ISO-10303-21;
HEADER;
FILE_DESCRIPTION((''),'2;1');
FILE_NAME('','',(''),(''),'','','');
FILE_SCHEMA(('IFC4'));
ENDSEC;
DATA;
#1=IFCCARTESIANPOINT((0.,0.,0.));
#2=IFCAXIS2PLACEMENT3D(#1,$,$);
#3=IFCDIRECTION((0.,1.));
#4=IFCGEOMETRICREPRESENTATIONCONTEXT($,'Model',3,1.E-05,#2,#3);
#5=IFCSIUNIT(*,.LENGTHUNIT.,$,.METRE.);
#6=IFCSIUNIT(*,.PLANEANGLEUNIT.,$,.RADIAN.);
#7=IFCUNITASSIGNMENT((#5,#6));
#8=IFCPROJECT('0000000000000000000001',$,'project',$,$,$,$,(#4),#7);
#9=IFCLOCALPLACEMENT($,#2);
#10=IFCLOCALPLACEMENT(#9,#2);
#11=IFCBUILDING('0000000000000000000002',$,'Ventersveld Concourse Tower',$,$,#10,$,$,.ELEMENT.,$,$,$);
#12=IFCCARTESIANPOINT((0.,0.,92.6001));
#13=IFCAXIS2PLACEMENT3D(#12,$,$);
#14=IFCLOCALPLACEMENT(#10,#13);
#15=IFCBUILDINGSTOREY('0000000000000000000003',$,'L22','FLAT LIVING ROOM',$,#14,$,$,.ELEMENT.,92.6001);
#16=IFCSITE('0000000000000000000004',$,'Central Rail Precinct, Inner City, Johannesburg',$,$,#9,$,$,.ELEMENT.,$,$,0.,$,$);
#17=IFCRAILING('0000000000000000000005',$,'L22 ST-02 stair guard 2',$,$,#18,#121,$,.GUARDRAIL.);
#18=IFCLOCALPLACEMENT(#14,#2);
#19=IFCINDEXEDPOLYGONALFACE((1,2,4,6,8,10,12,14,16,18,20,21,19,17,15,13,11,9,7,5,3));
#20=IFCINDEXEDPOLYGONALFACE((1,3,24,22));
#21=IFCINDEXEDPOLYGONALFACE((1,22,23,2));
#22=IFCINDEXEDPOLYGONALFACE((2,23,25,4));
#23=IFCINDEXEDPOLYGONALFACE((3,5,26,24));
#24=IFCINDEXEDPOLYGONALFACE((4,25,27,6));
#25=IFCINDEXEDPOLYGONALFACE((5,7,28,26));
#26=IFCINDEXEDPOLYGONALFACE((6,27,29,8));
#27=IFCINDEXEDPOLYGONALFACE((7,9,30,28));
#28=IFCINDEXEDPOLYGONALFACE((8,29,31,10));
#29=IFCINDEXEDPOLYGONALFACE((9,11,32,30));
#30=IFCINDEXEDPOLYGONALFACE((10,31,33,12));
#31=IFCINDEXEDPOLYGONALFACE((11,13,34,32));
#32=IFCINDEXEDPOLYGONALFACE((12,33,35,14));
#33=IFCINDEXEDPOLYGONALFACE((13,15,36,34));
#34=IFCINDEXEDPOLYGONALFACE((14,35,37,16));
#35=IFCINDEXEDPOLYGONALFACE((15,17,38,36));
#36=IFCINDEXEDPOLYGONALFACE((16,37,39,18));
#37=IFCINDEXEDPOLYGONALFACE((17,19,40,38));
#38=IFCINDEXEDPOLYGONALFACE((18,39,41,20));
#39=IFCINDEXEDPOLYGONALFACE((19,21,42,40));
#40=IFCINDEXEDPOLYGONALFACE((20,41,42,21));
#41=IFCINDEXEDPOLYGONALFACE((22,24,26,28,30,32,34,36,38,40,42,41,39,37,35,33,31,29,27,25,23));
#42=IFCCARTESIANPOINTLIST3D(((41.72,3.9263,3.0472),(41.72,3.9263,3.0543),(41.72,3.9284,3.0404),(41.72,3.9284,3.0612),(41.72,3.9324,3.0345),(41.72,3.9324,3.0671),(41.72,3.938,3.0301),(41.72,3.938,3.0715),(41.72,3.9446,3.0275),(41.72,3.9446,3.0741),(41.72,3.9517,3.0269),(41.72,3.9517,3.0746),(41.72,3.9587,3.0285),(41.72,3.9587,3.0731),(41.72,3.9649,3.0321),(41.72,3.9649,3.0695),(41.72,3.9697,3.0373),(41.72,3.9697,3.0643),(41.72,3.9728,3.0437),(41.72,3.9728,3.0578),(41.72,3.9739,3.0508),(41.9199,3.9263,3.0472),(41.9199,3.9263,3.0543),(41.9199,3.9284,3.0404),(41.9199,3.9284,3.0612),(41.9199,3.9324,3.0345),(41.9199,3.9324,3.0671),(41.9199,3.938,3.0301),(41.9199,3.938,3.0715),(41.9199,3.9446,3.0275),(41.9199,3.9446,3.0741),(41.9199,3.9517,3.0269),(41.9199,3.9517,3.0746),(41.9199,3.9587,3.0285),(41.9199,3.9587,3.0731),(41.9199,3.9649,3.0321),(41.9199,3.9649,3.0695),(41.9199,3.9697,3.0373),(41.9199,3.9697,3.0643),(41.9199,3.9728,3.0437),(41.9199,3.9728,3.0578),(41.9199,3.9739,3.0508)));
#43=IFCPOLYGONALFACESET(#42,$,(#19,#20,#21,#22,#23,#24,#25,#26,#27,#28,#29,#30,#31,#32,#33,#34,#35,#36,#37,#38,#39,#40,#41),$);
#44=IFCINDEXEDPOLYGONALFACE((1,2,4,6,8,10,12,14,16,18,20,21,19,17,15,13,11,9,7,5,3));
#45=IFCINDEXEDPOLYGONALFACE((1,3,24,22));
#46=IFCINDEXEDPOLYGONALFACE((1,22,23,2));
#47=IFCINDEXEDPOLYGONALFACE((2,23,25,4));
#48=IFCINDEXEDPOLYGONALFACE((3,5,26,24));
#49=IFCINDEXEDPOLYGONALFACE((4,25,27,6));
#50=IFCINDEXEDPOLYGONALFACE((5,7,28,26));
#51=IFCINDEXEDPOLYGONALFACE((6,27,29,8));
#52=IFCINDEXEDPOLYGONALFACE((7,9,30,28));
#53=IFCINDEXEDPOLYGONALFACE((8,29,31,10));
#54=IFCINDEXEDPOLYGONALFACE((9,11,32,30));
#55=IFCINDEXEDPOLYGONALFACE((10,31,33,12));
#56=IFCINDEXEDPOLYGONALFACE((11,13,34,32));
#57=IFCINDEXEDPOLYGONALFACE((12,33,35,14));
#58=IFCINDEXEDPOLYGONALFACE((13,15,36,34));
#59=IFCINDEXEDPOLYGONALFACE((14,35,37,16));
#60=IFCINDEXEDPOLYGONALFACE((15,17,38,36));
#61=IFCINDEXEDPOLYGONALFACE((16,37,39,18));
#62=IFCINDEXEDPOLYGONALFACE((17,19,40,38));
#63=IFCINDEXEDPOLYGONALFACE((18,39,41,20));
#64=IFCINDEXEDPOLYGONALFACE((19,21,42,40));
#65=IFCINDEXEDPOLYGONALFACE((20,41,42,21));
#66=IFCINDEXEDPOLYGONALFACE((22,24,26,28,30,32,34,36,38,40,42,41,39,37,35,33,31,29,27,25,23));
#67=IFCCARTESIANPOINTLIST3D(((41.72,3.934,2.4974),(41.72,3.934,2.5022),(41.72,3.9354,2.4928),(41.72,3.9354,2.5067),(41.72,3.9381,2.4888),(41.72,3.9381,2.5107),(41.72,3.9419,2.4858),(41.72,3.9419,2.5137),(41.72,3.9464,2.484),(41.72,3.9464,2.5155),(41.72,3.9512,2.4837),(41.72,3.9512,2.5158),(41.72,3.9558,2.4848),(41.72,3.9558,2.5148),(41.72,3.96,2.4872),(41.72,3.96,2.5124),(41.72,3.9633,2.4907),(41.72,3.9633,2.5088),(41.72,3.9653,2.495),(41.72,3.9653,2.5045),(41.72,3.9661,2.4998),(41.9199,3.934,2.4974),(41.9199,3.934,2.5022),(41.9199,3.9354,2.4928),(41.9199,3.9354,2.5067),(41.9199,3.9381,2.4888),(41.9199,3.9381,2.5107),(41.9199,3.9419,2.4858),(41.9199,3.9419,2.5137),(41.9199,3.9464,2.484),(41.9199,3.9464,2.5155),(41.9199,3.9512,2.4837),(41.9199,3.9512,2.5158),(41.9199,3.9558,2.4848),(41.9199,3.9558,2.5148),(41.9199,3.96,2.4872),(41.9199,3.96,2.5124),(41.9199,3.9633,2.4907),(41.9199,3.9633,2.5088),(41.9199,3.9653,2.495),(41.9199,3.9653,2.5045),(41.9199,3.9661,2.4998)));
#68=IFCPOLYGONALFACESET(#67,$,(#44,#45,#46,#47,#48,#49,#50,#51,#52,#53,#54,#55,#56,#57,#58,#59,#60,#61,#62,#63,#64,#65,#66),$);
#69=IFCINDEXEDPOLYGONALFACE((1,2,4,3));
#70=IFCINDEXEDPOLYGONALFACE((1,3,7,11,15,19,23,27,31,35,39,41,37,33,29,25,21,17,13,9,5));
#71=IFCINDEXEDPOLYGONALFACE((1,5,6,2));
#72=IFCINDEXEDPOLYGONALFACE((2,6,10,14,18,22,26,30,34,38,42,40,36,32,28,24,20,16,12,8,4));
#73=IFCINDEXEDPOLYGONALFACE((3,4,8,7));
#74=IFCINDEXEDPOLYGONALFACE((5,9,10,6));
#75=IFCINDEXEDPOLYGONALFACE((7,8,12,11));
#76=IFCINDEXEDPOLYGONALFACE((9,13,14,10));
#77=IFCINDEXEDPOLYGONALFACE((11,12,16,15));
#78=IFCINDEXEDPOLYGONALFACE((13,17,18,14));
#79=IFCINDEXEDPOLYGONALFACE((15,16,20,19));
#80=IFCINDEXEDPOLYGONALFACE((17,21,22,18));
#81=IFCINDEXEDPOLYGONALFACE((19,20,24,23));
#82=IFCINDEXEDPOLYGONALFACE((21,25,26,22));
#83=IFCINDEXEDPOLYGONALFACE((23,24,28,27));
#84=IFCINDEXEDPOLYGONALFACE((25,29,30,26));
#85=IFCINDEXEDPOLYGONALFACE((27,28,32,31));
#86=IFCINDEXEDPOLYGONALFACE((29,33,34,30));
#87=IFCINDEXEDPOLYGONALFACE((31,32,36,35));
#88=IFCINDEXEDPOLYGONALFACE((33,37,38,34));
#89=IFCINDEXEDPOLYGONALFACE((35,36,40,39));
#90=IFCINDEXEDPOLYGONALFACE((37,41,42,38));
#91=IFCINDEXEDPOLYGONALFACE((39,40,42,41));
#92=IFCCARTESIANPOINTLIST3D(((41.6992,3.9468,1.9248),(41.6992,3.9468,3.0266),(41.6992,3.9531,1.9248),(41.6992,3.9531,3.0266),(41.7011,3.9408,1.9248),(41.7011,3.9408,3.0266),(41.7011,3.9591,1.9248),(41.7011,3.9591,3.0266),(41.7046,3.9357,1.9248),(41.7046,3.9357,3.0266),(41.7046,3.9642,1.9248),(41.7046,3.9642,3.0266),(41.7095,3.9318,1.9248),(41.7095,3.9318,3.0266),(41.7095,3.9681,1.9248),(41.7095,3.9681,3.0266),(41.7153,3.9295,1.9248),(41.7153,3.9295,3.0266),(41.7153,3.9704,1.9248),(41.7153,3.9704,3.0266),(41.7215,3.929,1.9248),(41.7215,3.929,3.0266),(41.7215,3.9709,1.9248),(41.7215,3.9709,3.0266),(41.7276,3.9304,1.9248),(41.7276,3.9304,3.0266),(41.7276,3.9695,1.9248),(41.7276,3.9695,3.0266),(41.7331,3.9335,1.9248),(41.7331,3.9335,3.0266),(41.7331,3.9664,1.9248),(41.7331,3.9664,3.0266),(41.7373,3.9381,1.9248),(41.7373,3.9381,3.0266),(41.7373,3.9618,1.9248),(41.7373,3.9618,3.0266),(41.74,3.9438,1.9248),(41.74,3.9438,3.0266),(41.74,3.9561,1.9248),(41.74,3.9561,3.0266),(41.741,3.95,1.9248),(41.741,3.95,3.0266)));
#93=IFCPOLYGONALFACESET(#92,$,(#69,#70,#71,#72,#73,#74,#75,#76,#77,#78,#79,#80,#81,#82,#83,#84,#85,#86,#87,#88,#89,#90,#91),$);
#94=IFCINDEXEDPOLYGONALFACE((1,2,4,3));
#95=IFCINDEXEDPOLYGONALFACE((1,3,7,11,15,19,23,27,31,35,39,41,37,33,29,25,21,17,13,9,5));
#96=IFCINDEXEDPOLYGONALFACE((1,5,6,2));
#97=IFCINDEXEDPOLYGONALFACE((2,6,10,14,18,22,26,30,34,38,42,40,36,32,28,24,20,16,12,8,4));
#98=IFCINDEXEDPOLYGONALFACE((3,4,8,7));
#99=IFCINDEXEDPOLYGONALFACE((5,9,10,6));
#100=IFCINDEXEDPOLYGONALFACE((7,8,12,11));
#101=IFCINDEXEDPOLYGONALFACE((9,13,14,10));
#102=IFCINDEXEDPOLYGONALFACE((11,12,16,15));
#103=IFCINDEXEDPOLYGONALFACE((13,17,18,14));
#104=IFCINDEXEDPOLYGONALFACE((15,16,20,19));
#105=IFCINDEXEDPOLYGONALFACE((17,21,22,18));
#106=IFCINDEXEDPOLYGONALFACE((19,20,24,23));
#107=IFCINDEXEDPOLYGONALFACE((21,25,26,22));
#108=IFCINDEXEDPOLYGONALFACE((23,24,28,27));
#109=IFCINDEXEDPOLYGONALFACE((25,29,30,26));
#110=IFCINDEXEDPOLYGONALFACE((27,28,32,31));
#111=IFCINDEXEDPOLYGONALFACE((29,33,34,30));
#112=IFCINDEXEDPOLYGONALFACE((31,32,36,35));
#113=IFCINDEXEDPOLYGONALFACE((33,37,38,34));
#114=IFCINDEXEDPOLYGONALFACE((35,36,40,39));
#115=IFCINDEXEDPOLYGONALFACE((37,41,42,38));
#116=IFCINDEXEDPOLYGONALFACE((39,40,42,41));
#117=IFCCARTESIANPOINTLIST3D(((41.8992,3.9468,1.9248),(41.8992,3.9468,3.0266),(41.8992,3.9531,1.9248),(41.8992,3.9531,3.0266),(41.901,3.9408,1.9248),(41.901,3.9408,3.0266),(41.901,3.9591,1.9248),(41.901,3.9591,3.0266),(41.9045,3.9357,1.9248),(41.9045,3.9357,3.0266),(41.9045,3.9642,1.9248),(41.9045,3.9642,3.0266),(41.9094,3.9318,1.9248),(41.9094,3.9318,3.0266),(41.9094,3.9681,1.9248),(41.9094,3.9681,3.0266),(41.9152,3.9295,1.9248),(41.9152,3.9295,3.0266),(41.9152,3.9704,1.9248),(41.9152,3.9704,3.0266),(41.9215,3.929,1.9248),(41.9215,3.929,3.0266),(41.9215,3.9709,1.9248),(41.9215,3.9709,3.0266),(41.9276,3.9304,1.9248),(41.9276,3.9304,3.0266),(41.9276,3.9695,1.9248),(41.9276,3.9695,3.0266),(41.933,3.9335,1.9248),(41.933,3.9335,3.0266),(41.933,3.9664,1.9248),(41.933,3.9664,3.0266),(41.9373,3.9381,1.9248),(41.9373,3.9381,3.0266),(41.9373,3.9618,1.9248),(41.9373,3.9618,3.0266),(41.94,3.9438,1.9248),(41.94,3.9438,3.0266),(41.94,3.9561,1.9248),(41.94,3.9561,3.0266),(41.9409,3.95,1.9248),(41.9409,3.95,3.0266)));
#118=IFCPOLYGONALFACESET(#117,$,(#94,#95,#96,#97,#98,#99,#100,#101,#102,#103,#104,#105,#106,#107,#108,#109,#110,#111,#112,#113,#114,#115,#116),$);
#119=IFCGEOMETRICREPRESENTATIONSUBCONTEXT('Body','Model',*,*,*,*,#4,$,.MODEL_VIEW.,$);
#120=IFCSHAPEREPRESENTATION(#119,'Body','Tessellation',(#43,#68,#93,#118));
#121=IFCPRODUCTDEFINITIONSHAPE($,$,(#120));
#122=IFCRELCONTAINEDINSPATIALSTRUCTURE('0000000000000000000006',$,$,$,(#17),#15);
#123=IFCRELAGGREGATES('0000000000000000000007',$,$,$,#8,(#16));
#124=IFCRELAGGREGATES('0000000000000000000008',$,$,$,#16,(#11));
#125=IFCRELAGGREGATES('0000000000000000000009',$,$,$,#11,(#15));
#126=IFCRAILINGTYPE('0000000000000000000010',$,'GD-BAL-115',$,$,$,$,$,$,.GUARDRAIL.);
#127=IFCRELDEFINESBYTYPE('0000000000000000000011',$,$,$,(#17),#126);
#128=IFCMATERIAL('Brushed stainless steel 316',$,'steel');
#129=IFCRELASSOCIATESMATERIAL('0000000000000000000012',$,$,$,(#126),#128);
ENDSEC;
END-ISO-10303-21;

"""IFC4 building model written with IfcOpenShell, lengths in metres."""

from ifc_helpers import new_model, si_unit, direction, frame, origin, origin_2d, place, context, subcontext, project, spatial, circle, extrude, material, type_object, element, save


model = new_model("IFC4")

# Units and contexts
model_context = context("Model", 3, precision=1e-05, world=origin(), true_north=direction((0.0, 1.0)))
body_context = subcontext(model_context, "Body", "Model", "MODEL_VIEW")
ifc_project = project(units=[si_unit("LENGTHUNIT", "METRE"), si_unit("PLANEANGLEUNIT", "RADIAN")], contexts=[model_context])

# Site, building, storey
site_placement = place(None, origin())
site = spatial("IfcSite", under=ifc_project, at=site_placement, Name="Central Rail Precinct, Inner City, Johannesburg", CompositionType="ELEMENT", RefElevation=0.0)
building_placement = place(site_placement, origin())
building = spatial("IfcBuilding", under=site, at=building_placement, Name="Ventersveld Concourse Tower", CompositionType="ELEMENT")
storey_placement = place(building_placement, frame((0.0, 0.0, 92.6001)))
storey = spatial("IfcBuildingStorey", under=building, at=storey_placement, Name="L22", Description="FLAT LIVING ROOM", CompositionType="ELEMENT", Elevation=92.6001)

# Shared definitions
ifc_material_1 = material(Name="Brushed stainless steel 316", Category="steel")

# Railing
railing_type_1 = type_object("IfcRailingType", Name="GD-BAL-115", PredefinedType="GUARDRAIL", material=ifc_material_1)
railing_1_placement = place(storey_placement, frame((41.72, 3.95, 1.9248)))
element("IfcRailing", 1, at=railing_1_placement, inside=storey, type_object=railing_type_1, Name="L22 ST-02 stair guard 2", PredefinedType="GUARDRAIL", context=body_context, shape_type="SweptSolid", body=[
    extrude(circle(Radius=0.0239, at=origin_2d()), frame((0.0, 0.0, 1.126), z_axis=(1.0, 0.0, 0.0), x_axis=(0.0, 1.0, 0.0)), (0.0, 0.0, 1.0), 0.2),
    extrude(circle(Radius=0.0161, at=origin_2d()), frame((0.0, 0.0, 0.575), z_axis=(1.0, 0.0, 0.0), x_axis=(0.0, 1.0, 0.0)), (0.0, 0.0, 1.0), 0.2),
    extrude(circle(Radius=0.021, at=origin_2d()), origin(), (0.0, 0.0, 1.0), 1.1018),
    extrude(circle(Radius=0.021, at=origin_2d()), frame((0.2, 0.0, 0.0)), (0.0, 0.0, 1.0), 1.1018),
])

save(model, "model.ifc")
